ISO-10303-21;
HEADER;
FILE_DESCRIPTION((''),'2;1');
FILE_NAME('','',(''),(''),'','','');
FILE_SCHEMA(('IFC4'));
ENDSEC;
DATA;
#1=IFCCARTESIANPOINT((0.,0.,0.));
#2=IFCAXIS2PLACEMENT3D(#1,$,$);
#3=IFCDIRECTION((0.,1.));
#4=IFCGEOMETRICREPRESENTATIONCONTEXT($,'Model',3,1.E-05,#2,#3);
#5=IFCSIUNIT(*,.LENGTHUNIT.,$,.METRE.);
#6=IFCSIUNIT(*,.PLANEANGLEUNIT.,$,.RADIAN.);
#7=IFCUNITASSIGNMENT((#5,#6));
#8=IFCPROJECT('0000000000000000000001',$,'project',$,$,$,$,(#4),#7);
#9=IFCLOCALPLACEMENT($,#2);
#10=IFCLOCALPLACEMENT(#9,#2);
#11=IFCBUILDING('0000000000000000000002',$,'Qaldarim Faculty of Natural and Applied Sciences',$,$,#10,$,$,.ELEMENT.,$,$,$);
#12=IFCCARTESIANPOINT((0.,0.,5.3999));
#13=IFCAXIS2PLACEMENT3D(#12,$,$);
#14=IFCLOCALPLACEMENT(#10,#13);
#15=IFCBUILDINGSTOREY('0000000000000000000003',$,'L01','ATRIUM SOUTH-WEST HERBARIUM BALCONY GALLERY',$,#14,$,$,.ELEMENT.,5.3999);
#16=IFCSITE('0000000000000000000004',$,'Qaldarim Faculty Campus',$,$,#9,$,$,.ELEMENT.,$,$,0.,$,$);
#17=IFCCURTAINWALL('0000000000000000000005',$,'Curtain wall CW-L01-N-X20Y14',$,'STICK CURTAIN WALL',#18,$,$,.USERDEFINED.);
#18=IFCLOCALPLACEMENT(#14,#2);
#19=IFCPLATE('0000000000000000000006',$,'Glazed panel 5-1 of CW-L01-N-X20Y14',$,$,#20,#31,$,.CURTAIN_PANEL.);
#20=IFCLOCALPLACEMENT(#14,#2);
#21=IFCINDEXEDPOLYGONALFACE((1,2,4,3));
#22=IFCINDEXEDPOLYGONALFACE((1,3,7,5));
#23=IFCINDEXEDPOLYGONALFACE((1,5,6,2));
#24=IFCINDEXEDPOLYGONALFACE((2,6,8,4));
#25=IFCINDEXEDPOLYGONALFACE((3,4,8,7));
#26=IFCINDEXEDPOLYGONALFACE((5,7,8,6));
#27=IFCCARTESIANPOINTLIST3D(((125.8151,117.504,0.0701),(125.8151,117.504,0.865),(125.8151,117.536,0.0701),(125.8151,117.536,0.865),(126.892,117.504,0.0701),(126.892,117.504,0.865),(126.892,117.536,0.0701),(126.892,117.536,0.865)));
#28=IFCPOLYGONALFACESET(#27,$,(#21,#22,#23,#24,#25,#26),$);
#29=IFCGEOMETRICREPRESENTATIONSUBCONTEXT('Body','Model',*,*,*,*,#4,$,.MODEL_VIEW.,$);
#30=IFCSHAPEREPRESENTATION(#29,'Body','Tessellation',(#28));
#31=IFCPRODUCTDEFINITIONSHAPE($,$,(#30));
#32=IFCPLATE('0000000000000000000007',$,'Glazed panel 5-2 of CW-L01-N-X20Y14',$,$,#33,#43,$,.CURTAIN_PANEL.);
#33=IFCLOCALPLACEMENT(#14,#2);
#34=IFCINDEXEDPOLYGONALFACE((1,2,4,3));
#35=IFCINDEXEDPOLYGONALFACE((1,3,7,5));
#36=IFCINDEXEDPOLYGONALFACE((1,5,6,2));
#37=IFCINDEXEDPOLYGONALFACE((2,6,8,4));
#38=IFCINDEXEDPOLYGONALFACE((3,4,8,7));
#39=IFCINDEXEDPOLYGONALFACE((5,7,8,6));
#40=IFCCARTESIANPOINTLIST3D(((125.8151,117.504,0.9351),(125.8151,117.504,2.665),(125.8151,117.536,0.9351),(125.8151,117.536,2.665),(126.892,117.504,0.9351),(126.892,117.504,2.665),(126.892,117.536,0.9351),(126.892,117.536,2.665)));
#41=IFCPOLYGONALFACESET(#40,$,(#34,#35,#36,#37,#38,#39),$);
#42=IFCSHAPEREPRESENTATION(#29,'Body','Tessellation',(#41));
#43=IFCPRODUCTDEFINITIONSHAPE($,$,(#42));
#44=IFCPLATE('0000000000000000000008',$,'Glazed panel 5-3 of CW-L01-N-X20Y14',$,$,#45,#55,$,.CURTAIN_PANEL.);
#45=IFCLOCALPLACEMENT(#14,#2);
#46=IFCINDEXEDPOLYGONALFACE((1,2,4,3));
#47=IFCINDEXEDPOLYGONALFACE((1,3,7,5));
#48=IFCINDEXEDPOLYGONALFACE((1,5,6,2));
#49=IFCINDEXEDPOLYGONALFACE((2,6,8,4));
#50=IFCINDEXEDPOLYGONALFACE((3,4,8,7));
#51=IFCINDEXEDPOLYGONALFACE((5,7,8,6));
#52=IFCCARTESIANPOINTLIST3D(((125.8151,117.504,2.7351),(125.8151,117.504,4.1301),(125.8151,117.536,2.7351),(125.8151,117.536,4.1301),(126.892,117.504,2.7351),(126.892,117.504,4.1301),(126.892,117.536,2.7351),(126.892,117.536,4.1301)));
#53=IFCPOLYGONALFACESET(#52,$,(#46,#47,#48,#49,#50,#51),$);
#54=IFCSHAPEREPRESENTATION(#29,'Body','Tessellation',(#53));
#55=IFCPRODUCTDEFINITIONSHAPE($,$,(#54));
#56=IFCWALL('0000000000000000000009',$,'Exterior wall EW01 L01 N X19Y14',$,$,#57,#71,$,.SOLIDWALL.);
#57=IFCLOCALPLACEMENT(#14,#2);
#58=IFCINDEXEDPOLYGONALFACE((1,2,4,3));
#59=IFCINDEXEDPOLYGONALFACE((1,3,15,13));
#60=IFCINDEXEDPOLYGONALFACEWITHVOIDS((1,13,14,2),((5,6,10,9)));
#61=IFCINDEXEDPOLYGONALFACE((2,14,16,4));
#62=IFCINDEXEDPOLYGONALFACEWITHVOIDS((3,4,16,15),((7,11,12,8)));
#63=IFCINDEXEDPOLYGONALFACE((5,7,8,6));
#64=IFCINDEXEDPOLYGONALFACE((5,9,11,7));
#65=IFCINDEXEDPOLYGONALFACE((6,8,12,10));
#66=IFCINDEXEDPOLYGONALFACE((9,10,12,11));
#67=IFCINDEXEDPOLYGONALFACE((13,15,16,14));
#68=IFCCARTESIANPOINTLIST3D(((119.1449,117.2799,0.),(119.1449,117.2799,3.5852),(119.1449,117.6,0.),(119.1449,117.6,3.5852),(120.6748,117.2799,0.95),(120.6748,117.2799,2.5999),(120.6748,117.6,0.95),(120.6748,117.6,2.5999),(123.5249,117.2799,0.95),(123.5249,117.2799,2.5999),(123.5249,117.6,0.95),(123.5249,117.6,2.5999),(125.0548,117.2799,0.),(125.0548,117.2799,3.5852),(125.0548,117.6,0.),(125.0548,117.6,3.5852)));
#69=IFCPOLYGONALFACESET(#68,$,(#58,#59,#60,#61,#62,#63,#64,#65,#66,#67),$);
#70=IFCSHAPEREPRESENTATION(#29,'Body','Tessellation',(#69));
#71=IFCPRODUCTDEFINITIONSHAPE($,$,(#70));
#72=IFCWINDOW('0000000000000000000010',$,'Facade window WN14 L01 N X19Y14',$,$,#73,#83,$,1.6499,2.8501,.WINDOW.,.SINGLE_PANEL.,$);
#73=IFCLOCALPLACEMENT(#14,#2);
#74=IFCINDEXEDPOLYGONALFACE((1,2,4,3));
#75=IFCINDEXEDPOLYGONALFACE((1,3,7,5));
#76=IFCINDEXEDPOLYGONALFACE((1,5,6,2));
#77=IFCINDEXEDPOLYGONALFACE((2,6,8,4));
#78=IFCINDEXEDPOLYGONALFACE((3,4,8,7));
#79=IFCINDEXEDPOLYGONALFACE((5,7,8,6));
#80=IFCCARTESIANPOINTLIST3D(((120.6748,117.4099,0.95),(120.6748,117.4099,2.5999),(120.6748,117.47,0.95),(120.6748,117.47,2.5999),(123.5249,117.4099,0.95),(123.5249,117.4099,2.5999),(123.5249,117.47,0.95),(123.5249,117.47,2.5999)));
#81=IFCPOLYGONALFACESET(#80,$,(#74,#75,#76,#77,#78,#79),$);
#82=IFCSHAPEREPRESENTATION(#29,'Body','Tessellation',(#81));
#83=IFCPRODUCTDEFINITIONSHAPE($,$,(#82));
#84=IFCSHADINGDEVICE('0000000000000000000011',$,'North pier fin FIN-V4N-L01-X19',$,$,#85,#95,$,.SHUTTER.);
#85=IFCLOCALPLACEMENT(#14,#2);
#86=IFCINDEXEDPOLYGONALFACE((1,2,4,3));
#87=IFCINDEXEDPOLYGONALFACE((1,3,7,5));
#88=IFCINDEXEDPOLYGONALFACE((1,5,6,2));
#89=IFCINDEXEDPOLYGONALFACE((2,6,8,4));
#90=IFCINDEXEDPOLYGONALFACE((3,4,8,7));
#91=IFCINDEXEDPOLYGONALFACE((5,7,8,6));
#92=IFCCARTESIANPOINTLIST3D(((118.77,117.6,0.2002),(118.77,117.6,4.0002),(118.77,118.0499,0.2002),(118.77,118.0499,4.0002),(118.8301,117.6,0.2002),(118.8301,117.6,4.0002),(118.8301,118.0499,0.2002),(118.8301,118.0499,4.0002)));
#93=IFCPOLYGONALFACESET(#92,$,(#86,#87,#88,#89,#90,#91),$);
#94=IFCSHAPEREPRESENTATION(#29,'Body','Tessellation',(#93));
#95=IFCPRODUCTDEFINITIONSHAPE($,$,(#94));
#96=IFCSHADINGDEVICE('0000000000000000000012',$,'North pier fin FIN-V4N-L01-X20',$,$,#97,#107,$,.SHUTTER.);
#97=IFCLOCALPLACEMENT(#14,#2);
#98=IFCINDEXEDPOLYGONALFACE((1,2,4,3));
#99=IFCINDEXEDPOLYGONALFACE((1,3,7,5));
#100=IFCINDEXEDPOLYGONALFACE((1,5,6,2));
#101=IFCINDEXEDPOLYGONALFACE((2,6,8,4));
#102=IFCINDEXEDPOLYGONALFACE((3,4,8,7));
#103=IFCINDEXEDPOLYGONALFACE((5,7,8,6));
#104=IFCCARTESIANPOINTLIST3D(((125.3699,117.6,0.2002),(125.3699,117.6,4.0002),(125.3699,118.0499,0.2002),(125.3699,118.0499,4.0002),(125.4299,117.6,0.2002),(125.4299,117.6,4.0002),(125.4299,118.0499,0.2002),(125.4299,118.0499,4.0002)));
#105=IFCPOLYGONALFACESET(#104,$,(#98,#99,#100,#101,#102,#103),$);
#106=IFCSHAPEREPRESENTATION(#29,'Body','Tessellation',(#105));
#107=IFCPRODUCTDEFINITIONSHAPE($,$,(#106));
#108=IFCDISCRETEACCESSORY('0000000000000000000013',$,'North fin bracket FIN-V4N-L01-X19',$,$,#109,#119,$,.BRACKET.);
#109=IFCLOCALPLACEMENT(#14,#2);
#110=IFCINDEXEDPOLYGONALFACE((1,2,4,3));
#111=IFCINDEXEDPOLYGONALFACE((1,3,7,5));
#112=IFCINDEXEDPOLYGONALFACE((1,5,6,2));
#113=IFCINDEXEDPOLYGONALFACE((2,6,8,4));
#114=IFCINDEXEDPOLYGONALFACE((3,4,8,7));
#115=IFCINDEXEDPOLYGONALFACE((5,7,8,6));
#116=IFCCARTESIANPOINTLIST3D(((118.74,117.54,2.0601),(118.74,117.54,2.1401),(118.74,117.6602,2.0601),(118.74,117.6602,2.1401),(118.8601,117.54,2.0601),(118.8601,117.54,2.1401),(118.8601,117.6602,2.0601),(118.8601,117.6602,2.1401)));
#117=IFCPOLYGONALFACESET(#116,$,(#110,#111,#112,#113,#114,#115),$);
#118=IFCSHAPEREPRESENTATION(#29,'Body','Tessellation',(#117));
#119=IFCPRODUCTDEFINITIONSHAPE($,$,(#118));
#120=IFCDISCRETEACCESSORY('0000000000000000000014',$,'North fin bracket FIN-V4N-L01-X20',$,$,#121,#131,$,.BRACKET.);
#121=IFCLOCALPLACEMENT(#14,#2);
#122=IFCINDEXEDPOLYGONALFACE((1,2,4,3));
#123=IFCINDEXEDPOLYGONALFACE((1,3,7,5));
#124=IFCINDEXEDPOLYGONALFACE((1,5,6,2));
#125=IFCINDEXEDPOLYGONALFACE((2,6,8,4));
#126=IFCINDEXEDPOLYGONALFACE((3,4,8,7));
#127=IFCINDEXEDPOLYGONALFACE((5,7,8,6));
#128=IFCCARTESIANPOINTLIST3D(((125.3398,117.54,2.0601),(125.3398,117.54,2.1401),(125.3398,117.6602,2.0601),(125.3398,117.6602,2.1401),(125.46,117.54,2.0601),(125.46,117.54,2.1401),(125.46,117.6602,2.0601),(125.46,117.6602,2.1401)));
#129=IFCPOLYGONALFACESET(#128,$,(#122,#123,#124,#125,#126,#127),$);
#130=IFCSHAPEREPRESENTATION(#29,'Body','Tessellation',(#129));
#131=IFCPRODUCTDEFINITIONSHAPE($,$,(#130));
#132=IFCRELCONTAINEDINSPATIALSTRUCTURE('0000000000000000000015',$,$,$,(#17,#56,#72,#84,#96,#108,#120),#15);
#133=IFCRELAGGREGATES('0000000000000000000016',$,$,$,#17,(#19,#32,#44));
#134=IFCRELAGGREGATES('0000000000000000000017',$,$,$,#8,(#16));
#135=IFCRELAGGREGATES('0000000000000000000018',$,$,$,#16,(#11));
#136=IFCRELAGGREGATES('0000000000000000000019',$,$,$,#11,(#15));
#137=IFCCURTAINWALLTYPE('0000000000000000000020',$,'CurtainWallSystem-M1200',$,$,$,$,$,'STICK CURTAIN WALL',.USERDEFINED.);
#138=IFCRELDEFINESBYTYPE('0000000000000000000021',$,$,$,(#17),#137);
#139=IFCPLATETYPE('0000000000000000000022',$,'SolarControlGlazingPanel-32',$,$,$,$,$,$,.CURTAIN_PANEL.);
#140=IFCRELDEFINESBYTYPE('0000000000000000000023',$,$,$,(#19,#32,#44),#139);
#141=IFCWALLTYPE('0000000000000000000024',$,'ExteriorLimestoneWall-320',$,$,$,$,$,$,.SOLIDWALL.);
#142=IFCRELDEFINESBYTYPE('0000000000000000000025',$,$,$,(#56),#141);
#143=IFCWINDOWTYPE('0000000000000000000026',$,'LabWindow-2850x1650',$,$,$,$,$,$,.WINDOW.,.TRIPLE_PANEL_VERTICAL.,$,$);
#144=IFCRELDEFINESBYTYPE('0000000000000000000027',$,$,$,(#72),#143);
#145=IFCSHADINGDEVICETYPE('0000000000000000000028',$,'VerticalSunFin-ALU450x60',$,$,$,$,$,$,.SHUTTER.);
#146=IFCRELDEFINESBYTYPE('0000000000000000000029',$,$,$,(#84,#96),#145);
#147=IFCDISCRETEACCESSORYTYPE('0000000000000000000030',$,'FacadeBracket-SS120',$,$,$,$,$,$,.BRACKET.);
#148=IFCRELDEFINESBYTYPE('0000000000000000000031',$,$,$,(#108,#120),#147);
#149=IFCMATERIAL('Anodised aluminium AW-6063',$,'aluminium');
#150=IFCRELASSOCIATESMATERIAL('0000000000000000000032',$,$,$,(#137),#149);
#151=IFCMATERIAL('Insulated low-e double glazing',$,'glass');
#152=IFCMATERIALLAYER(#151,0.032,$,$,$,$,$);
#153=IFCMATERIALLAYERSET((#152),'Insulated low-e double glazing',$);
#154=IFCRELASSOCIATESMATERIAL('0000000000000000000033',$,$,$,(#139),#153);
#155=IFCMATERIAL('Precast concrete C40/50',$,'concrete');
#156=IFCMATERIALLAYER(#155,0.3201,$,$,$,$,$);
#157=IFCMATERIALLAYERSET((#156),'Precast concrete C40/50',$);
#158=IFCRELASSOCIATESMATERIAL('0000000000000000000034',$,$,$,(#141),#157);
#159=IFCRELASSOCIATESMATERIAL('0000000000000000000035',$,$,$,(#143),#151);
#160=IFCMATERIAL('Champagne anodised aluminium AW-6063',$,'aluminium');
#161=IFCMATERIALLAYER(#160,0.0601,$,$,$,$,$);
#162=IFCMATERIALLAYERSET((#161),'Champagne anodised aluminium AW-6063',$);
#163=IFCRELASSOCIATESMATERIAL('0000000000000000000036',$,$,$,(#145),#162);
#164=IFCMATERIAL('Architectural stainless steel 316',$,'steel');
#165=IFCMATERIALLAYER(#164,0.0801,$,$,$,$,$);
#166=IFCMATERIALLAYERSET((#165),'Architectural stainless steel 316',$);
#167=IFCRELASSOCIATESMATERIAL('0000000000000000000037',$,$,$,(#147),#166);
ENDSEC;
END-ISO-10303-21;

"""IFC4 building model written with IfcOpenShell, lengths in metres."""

from ifc_helpers import new_model, si_unit, direction, frame, frame_2d, origin, origin_2d, place, context, subcontext, project, spatial, rectangle, extrude, material, layer, layer_set, type_object, element, fill, aggregate, save


model = new_model("IFC4")

# Units and contexts
model_context = context("Model", 3, precision=1e-05, world=origin(), true_north=direction((0.0, 1.0)))
body_context = subcontext(model_context, "Body", "Model", "MODEL_VIEW")
ifc_project = project(units=[si_unit("LENGTHUNIT", "METRE"), si_unit("PLANEANGLEUNIT", "RADIAN")], contexts=[model_context])

# Site, building, storey
site_placement = place(None, origin())
site = spatial("IfcSite", under=ifc_project, at=site_placement, Name="Qaldarim Faculty Campus", CompositionType="ELEMENT", RefElevation=0.0)
building_placement = place(site_placement, origin())
building = spatial("IfcBuilding", under=site, at=building_placement, Name="Qaldarim Faculty of Natural and Applied Sciences", CompositionType="ELEMENT")
storey_placement = place(building_placement, frame((0.0, 0.0, 5.3999)))
storey = spatial("IfcBuildingStorey", under=building, at=storey_placement, Name="L01", Description="ATRIUM SOUTH-WEST HERBARIUM BALCONY GALLERY", CompositionType="ELEMENT", Elevation=5.3999)

# Shared definitions
ifc_material_1 = material(Name="Anodised aluminium AW-6063", Category="aluminium")
curtain_wall_type = type_object("IfcCurtainWallType", Name="CurtainWallSystem-M1200", ElementType="STICK CURTAIN WALL", PredefinedType="USERDEFINED", material=ifc_material_1)

# Curtain wall
curtain_wall_1_placement = place(storey_placement, origin())
curtain_wall_1 = element("IfcCurtainWall", 1, at=curtain_wall_1_placement, inside=storey, type_object=curtain_wall_type, Name="Curtain wall CW-L01-N-X20Y14", ObjectType="STICK CURTAIN WALL", PredefinedType="USERDEFINED")

# Plates
ifc_material_2 = material(Name="Insulated low-e double glazing", Category="glass")
ifc_layer_1 = layer(ifc_material_2, 0.032)
ifc_layer_set_1 = layer_set([ifc_layer_1], Name="Insulated low-e double glazing")
plate_type = type_object("IfcPlateType", Name="SolarControlGlazingPanel-32", PredefinedType="CURTAIN_PANEL", material=ifc_layer_set_1)
plate_1_placement = place(storey_placement, frame((126.3535, 117.52, 0.0701), z_axis=(0.0, 0.0, 1.0), x_axis=(-1.0, 0.0, 0.0)))
plate_1 = element("IfcPlate", 2, at=plate_1_placement, type_object=plate_type, Name="Glazed panel 5-1 of CW-L01-N-X20Y14", PredefinedType="CURTAIN_PANEL", context=body_context, shape_type="SweptSolid", body=[
    extrude(rectangle(XDim=1.0769, YDim=0.032, at=origin_2d()), origin(), (0.0, 0.0, 1.0), 0.7949),
])
plate_2_placement = place(storey_placement, frame((126.3535, 117.52, 0.9351), z_axis=(0.0, 0.0, 1.0), x_axis=(-1.0, 0.0, 0.0)))
plate_2 = element("IfcPlate", 3, at=plate_2_placement, type_object=plate_type, Name="Glazed panel 5-2 of CW-L01-N-X20Y14", PredefinedType="CURTAIN_PANEL", context=body_context, shape_type="SweptSolid", body=[
    extrude(rectangle(XDim=1.0769, YDim=0.032, at=origin_2d()), origin(), (0.0, 0.0, 1.0), 1.73),
])
plate_3_placement = place(storey_placement, frame((126.3535, 117.52, 2.7351), z_axis=(0.0, 0.0, 1.0), x_axis=(-1.0, 0.0, 0.0)))
plate_3 = element("IfcPlate", 4, at=plate_3_placement, type_object=plate_type, Name="Glazed panel 5-3 of CW-L01-N-X20Y14", PredefinedType="CURTAIN_PANEL", context=body_context, shape_type="SweptSolid", body=[
    extrude(rectangle(XDim=1.0769, YDim=0.032, at=origin_2d()), origin(), (0.0, 0.0, 1.0), 1.395),
])
aggregate(curtain_wall_1, [plate_1, plate_2, plate_3])

# Wall, opening, window
ifc_material_3 = material(Name="Precast concrete C40/50", Category="concrete")
ifc_layer_2 = layer(ifc_material_3, 0.3201)
ifc_layer_set_2 = layer_set([ifc_layer_2], Name="Precast concrete C40/50")
wall_type = type_object("IfcWallType", Name="ExteriorLimestoneWall-320", PredefinedType="SOLIDWALL", material=ifc_layer_set_2)
wall_placement = place(storey_placement, frame((125.0549, 117.4399, 0.0), z_axis=(0.0, 0.0, 1.0), x_axis=(-1.0, 0.0, 0.0)))
wall = element("IfcWall", 5, at=wall_placement, inside=storey, type_object=wall_type, Name="Exterior wall EW01 L01 N X19Y14", PredefinedType="SOLIDWALL", context=body_context, shape_type="SweptSolid", body=[
    extrude(rectangle(XDim=5.9099, YDim=0.3201, at=frame_2d((2.9551, 0.0))), origin(), (0.0, 0.0, 1.0), 3.5852),
])
opening_placement = place(wall_placement, frame((1.53, 0.0, 0.95)))
opening = element("IfcOpeningElement", 6, at=opening_placement, cuts=wall, PredefinedType="OPENING", context=body_context, shape_type="SweptSolid", body=[
    extrude(rectangle(XDim=2.8501, YDim=1.6499, at=frame_2d((1.425, 0.825))), frame((0.0, 0.1699, 0.0), z_axis=(0.0, -1.0, 0.0), x_axis=(1.0, 0.0, 0.0)), (0.0, 0.0, 1.0), 0.3401),
])
window_type = type_object("IfcWindowType", Name="LabWindow-2850x1650", PartitioningType="TRIPLE_PANEL_VERTICAL", PredefinedType="WINDOW", material=ifc_material_2)
window_placement = place(opening_placement, origin())
window = element("IfcWindow", 7, at=window_placement, inside=storey, type_object=window_type, Name="Facade window WN14 L01 N X19Y14", OverallHeight=1.6499, OverallWidth=2.8501, PartitioningType="SINGLE_PANEL", PredefinedType="WINDOW", context=body_context, shape_type="SweptSolid", body=[
    extrude(rectangle(XDim=2.8501, YDim=1.6499, at=frame_2d((1.425, 0.825))), frame((0.0, 0.03, 0.0), z_axis=(0.0, -1.0, 0.0), x_axis=(1.0, 0.0, 0.0)), (0.0, 0.0, 1.0), 0.0601),
])
fill(opening, window)

# Shading devices
ifc_material_4 = material(Name="Champagne anodised aluminium AW-6063", Category="aluminium")
ifc_layer_3 = layer(ifc_material_4, 0.0601)
ifc_layer_set_3 = layer_set([ifc_layer_3], Name="Champagne anodised aluminium AW-6063")
shading_device_type = type_object("IfcShadingDeviceType", Name="VerticalSunFin-ALU450x60", PredefinedType="SHUTTER", material=ifc_layer_set_3)
for number, where, z_axis, x_axis, name in (
    (8, (118.8, 117.825, 0.2002), (0.0, 0.0, 1.0), (1.0, 0.0, 0.0), "North pier fin FIN-V4N-L01-X19"),
    (9, (125.3999, 117.825, 0.2002), (0.0, 0.0, 1.0), (1.0, 0.0, 0.0), "North pier fin FIN-V4N-L01-X20"),
):
    element("IfcShadingDevice", number, at=place(storey_placement, frame(where, z_axis=z_axis, x_axis=x_axis)), inside=storey, type_object=shading_device_type, Name=name, PredefinedType="SHUTTER", context=body_context, shape_type="SweptSolid", body=[
        extrude(rectangle(XDim=0.0601, YDim=0.45, at=origin_2d()), origin(), (0.0, 0.0, 1.0), 3.8),
    ])

# Discrete accessories
ifc_material_5 = material(Name="Architectural stainless steel 316", Category="steel")
ifc_layer_4 = layer(ifc_material_5, 0.0801)
ifc_layer_set_4 = layer_set([ifc_layer_4], Name="Architectural stainless steel 316")
discrete_accessory_type = type_object("IfcDiscreteAccessoryType", Name="FacadeBracket-SS120", PredefinedType="BRACKET", material=ifc_layer_set_4)
for number, where, z_axis, x_axis, name in (
    (10, (118.8, 117.6001, 2.0601), (0.0, 0.0, 1.0), (1.0, 0.0, 0.0), "North fin bracket FIN-V4N-L01-X19"),
    (11, (125.3999, 117.6001, 2.0601), (0.0, 0.0, 1.0), (1.0, 0.0, 0.0), "North fin bracket FIN-V4N-L01-X20"),
):
    element("IfcDiscreteAccessory", number, at=place(storey_placement, frame(where, z_axis=z_axis, x_axis=x_axis)), inside=storey, type_object=discrete_accessory_type, Name=name, PredefinedType="BRACKET", context=body_context, shape_type="SweptSolid", body=[
        extrude(rectangle(XDim=0.1201, YDim=0.1201, at=origin_2d()), origin(), (0.0, 0.0, 1.0), 0.0801),
    ])

save(model, "model.ifc")
